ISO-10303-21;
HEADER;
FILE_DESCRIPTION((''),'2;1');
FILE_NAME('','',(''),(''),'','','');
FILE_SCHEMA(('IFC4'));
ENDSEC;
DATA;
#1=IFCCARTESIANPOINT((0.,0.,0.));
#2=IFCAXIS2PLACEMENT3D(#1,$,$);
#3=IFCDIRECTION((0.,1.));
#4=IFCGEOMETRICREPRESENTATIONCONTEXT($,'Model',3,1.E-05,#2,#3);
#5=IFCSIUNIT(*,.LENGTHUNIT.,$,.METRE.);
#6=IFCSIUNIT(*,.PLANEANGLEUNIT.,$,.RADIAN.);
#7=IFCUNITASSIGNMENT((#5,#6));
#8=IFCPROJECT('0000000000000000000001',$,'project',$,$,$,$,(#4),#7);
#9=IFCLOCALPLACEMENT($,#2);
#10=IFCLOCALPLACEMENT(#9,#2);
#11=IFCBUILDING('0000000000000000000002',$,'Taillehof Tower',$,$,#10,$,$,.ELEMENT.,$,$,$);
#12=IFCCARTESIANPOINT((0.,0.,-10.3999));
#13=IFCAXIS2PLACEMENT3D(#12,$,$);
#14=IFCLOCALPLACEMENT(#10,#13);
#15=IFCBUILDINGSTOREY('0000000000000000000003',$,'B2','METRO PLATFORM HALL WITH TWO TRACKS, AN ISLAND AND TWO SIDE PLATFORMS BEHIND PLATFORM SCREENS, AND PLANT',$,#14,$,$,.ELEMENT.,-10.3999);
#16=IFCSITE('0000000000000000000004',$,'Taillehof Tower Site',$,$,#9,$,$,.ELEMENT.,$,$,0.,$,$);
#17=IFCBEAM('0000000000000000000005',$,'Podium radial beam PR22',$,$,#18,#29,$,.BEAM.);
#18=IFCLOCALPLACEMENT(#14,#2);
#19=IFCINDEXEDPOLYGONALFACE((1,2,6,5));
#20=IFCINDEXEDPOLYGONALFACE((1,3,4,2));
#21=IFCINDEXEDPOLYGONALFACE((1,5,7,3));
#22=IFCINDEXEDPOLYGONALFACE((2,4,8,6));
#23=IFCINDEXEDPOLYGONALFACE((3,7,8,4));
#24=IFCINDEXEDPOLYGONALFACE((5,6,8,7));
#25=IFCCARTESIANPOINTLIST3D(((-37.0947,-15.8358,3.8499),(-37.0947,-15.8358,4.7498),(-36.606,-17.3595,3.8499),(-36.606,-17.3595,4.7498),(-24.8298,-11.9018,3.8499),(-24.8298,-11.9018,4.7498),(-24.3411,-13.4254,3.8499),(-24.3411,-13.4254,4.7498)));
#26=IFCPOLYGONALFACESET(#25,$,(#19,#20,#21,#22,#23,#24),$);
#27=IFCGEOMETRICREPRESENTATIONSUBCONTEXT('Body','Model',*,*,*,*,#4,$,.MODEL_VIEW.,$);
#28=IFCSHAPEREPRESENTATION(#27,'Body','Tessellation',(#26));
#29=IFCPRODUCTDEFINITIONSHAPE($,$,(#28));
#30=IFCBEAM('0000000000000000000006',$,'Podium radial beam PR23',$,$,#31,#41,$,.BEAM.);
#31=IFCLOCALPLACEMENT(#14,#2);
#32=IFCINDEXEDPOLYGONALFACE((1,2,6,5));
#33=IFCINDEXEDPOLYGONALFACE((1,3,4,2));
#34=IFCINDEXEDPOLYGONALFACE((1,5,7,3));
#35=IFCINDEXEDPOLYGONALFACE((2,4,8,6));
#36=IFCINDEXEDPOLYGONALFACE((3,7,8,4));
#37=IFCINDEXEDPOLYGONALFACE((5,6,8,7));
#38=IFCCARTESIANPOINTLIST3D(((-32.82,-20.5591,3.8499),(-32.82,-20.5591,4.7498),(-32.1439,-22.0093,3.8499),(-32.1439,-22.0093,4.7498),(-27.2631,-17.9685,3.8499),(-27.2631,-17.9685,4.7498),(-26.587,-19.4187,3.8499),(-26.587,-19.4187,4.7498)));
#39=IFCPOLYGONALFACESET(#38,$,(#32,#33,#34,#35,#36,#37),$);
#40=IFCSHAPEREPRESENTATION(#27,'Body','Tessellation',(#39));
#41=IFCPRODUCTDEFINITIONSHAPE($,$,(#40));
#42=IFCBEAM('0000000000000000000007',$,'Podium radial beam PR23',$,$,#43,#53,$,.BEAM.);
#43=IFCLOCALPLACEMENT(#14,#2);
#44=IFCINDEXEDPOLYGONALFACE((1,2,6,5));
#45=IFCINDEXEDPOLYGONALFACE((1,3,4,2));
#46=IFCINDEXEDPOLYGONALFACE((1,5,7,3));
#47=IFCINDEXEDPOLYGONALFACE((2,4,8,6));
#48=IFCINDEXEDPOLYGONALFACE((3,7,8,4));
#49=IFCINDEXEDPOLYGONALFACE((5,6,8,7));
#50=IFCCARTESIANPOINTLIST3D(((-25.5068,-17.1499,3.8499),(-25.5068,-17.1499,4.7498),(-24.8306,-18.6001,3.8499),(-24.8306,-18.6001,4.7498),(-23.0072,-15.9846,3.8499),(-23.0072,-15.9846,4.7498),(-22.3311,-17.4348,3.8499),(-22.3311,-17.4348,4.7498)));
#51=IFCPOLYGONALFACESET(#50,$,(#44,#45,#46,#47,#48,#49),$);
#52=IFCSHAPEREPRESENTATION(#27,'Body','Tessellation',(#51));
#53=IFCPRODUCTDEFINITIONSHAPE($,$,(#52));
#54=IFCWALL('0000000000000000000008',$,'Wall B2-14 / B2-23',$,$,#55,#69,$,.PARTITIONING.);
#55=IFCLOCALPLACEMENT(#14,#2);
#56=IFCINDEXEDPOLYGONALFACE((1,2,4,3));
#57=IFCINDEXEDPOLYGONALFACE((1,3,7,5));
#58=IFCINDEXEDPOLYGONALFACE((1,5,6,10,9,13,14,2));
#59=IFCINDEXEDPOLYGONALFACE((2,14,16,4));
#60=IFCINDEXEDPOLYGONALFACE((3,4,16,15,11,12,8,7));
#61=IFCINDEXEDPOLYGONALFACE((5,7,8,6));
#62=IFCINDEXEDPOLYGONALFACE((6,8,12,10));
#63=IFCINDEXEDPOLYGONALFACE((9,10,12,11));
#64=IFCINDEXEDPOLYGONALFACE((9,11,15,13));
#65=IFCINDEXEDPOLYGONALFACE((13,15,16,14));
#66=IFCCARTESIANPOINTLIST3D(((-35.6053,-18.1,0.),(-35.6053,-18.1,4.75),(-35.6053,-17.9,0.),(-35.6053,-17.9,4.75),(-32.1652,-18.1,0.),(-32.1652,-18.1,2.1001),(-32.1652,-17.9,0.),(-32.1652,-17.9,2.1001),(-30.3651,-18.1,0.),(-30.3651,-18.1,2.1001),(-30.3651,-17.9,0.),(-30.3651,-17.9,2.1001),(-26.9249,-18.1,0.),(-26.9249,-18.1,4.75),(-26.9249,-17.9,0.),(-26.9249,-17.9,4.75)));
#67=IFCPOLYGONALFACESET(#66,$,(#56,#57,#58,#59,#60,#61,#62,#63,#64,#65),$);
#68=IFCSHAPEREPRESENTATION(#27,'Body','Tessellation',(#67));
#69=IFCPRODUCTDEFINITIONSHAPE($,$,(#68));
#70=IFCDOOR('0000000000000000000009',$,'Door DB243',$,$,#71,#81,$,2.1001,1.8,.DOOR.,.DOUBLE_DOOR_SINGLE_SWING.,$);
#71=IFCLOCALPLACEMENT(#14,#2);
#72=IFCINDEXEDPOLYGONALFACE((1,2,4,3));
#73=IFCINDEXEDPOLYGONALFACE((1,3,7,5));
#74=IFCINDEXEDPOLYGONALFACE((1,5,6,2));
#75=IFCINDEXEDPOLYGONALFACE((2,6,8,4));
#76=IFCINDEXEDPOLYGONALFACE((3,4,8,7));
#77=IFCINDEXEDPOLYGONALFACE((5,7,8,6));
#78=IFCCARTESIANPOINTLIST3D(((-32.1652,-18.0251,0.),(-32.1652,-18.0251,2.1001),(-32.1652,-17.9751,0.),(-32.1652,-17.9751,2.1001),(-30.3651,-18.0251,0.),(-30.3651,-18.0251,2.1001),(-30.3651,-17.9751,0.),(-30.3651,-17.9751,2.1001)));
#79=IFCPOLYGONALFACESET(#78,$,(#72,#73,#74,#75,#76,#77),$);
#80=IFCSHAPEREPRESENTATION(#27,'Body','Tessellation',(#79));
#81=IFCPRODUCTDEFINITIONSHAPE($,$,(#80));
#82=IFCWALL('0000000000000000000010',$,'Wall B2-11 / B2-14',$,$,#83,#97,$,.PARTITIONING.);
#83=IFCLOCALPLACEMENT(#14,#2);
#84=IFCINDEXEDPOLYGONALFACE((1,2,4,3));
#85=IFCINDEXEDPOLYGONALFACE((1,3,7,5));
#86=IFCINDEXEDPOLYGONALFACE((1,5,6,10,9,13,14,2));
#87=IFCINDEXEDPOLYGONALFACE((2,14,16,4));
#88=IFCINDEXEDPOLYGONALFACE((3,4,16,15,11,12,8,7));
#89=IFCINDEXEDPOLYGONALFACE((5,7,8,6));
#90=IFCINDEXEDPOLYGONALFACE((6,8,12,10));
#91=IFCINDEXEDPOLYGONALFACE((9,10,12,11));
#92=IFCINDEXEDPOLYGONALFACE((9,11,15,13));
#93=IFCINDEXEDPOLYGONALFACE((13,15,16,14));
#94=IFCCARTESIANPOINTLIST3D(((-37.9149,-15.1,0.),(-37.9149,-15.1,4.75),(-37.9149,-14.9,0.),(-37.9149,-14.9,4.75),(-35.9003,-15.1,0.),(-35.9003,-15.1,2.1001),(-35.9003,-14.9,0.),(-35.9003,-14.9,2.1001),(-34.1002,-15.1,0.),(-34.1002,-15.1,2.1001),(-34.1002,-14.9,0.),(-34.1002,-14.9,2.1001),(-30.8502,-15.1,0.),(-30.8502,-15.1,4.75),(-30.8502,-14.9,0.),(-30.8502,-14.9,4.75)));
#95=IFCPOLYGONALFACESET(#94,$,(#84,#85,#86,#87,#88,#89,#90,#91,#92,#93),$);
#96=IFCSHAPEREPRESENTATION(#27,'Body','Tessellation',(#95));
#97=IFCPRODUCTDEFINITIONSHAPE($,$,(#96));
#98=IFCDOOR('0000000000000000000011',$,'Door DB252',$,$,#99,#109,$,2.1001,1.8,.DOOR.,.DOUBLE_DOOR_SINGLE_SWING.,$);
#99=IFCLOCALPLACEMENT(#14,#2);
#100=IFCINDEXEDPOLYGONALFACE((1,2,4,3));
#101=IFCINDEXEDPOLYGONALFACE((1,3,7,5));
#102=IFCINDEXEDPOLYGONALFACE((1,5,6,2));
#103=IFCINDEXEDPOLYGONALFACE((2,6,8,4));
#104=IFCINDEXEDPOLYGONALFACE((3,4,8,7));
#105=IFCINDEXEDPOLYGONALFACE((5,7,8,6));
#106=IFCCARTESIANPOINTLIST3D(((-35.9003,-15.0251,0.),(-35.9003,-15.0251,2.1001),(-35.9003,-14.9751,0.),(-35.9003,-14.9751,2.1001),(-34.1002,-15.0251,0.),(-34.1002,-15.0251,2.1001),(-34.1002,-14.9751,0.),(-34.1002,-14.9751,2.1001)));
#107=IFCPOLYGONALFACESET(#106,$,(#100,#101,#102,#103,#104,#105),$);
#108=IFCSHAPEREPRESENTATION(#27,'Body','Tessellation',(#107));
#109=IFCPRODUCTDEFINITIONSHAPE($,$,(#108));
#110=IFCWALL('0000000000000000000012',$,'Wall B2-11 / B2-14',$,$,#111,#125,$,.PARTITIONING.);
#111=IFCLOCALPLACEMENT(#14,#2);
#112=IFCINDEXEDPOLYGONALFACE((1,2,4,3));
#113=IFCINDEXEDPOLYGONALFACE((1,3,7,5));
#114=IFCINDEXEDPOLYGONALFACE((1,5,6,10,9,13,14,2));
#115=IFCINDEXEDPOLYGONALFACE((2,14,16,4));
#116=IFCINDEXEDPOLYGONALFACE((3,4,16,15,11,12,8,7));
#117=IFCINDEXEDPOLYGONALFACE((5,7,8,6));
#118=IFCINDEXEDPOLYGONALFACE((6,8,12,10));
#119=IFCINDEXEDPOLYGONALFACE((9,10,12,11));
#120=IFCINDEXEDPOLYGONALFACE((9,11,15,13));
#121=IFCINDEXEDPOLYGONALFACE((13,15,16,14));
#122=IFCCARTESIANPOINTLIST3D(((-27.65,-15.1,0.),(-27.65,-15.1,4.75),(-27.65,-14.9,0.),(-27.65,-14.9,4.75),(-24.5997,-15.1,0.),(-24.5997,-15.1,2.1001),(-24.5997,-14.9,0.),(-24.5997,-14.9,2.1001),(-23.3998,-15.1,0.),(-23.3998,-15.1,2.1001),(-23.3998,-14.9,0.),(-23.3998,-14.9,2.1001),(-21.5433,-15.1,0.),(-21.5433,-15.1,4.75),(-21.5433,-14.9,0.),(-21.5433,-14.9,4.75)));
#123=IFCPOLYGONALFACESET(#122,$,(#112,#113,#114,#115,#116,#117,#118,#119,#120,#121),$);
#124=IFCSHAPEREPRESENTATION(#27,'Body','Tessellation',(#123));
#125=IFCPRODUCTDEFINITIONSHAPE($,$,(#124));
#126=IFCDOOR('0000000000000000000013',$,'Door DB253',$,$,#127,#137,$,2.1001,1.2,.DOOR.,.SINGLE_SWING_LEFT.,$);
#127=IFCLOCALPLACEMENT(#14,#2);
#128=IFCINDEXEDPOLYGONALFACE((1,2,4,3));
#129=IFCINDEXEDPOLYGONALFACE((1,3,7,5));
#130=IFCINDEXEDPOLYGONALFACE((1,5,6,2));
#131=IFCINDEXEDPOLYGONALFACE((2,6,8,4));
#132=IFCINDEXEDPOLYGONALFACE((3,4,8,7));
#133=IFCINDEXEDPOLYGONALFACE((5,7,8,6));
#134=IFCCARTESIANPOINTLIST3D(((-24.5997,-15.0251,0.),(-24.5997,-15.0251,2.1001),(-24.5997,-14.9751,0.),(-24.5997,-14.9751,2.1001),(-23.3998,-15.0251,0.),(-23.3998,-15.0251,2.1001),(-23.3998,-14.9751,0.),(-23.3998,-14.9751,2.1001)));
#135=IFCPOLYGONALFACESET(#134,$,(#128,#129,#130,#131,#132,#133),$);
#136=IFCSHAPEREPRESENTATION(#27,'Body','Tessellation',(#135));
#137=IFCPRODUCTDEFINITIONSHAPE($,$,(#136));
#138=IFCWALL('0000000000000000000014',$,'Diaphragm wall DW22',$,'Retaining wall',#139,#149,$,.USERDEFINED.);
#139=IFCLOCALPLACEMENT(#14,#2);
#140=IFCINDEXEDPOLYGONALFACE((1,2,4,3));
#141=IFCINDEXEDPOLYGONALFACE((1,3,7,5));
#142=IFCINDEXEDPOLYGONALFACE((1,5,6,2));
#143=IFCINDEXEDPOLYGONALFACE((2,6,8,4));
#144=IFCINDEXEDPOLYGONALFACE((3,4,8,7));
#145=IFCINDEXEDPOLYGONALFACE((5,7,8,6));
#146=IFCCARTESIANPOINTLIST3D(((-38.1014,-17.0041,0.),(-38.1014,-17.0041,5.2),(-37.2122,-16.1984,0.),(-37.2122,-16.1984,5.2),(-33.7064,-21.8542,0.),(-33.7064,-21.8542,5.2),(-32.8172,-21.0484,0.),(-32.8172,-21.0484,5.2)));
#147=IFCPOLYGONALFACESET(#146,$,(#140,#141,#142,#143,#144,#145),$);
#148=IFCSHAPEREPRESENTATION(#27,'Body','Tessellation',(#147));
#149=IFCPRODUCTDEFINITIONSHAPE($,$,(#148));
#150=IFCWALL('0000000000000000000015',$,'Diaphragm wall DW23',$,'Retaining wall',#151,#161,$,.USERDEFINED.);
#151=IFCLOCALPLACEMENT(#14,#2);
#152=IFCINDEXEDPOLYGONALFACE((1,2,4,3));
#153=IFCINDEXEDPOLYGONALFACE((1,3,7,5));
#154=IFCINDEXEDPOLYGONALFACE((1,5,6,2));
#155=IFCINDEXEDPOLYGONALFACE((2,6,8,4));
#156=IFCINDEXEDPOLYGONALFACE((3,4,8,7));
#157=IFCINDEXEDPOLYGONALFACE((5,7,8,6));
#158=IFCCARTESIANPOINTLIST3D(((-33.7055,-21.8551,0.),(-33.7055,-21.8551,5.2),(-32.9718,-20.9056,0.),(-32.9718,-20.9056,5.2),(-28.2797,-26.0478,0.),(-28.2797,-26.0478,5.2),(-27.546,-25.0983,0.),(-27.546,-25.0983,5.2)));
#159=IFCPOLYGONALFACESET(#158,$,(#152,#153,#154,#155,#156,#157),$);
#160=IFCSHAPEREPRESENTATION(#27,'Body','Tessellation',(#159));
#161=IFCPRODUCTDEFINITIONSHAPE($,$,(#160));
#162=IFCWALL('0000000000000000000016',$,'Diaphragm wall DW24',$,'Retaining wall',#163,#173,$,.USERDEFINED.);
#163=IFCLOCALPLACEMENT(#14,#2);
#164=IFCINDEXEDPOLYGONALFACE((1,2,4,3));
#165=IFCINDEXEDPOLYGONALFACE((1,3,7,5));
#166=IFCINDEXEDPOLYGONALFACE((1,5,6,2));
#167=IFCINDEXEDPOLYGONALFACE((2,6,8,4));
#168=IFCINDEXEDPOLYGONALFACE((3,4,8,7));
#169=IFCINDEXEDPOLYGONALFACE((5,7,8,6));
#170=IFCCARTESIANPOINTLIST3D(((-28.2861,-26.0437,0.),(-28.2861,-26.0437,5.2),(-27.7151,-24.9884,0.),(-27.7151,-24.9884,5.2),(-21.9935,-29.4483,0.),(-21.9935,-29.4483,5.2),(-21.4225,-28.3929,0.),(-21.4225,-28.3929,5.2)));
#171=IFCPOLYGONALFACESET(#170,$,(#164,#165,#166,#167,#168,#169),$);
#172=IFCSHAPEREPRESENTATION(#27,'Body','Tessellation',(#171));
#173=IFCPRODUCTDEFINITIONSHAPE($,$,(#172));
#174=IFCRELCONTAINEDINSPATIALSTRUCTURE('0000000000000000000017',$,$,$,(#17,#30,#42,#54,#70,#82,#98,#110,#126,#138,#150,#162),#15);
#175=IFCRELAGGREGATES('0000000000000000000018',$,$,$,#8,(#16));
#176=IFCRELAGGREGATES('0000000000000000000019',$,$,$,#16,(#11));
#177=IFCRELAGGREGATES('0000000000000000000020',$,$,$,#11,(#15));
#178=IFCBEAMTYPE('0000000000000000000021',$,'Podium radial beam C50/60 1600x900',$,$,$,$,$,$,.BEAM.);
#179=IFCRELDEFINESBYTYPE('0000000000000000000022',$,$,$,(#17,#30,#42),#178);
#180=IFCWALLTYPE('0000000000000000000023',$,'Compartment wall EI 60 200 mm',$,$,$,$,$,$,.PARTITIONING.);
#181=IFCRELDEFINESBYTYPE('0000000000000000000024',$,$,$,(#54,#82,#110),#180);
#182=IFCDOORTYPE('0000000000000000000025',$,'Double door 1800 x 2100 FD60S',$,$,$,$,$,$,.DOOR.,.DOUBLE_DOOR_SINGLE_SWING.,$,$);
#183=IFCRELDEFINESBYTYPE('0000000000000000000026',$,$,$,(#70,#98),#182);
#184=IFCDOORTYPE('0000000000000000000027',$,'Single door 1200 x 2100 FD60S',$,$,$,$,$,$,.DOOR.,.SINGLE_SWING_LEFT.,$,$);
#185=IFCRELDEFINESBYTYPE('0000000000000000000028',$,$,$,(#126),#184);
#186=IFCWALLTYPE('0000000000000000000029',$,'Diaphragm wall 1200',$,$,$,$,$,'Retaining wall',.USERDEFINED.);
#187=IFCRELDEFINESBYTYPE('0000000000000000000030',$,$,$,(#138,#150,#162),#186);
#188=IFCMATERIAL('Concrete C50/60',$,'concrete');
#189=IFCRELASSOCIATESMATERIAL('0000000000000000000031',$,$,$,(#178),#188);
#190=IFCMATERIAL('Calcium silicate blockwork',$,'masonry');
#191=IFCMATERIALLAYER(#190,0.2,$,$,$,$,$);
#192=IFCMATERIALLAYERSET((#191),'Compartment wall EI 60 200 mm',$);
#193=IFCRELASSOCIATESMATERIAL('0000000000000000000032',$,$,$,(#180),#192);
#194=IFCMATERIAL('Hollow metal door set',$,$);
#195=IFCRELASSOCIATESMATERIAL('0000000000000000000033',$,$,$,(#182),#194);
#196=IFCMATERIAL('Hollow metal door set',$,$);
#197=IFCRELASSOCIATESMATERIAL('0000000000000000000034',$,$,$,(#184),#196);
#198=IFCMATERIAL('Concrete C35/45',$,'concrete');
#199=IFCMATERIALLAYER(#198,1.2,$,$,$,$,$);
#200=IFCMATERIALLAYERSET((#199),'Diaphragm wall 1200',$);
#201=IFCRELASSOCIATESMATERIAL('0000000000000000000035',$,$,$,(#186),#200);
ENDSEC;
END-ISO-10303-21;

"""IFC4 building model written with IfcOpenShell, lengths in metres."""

from ifc_helpers import new_model, si_unit, direction, frame, frame_2d, origin, origin_2d, place, context, subcontext, project, spatial, rectangle, extrude, material, layer, layer_set, material_profile, profile_set, type_object, element, fill, save


model = new_model("IFC4")

# Units and contexts
model_context = context("Model", 3, precision=1e-05, world=origin(), true_north=direction((0.0, 1.0)))
body_context = subcontext(model_context, "Body", "Model", "MODEL_VIEW")
ifc_project = project(units=[si_unit("LENGTHUNIT", "METRE"), si_unit("PLANEANGLEUNIT", "RADIAN")], contexts=[model_context])

# Site, building, storey
site_placement = place(None, origin())
site = spatial("IfcSite", under=ifc_project, at=site_placement, Name="Taillehof Tower Site", CompositionType="ELEMENT", RefElevation=0.0)
building_placement = place(site_placement, origin())
building = spatial("IfcBuilding", under=site, at=building_placement, Name="Taillehof Tower", CompositionType="ELEMENT")
storey_placement = place(building_placement, frame((0.0, 0.0, -10.3999)))
storey = spatial("IfcBuildingStorey", under=building, at=storey_placement, Name="B2", Description="METRO PLATFORM HALL WITH TWO TRACKS, AN ISLAND AND TWO SIDE PLATFORMS BEHIND PLATFORM SCREENS, AND PLANT", CompositionType="ELEMENT", Elevation=-10.3999)

# Beams
ifc_material_1 = material(Name="Concrete C50/60", Category="concrete")
ifc_material_profile_1 = material_profile(ifc_material_1, rectangle(XDim=1.6001, YDim=0.8999, at=origin_2d()), Name="RC 1600x900")
ifc_profile_set_1 = profile_set([ifc_material_profile_1], Name="Concrete C50/60")
beam_type = type_object("IfcBeamType", Name="Podium radial beam C50/60 1600x900", PredefinedType="BEAM", material=ifc_profile_set_1)
beam_1_placement = place(storey_placement, frame((-36.8503, -16.5977, 4.2998), z_axis=(0.952214, 0.305432, 0.0), x_axis=(-0.305432, 0.952214, 0.0)))
element("IfcBeam", 1, at=beam_1_placement, inside=storey, type_object=beam_type, Name="Podium radial beam PR22", PredefinedType="BEAM", context=body_context, shape_type="SweptSolid", body=[
    extrude(rectangle(XDim=1.6001, YDim=0.8999, at=origin_2d()), origin(), (0.0, 0.0, 1.0), 12.8804),
])
beam_2_placement = place(storey_placement, frame((-32.4819, -21.2842, 4.2998), z_axis=(0.906348, 0.422532, 0.0), x_axis=(-0.422532, 0.906348, 0.0)))
element("IfcBeam", 2, at=beam_2_placement, inside=storey, type_object=beam_type, Name="Podium radial beam PR23", PredefinedType="BEAM", context=body_context, shape_type="SweptSolid", body=[
    extrude(rectangle(XDim=1.6001, YDim=0.8999, at=origin_2d()), origin(), (0.0, 0.0, 1.0), 6.1311),
])
beam_3_placement = place(storey_placement, frame((-25.1687, -17.875, 4.2998), z_axis=(0.906344, 0.422541, 0.0), x_axis=(-0.422541, 0.906344, 0.0)))
element("IfcBeam", 3, at=beam_3_placement, inside=storey, type_object=beam_type, Name="Podium radial beam PR23", PredefinedType="BEAM", context=body_context, shape_type="SweptSolid", body=[
    extrude(rectangle(XDim=1.6001, YDim=0.8999, at=origin_2d()), origin(), (0.0, 0.0, 1.0), 2.7578),
])

# Walls, openings, doors
ifc_material_2 = material(Name="Calcium silicate blockwork", Category="masonry")
ifc_layer_1 = layer(ifc_material_2, 0.2)
ifc_layer_set_1 = layer_set([ifc_layer_1], Name="Compartment wall EI 60 200 mm")
wall_type_1 = type_object("IfcWallType", Name="Compartment wall EI 60 200 mm", PredefinedType="PARTITIONING", material=ifc_layer_set_1)
wall_1_placement = place(storey_placement, frame((-35.6055, -18.0, 0.0), z_axis=(0.0, 0.0, 1.0), x_axis=(1.0, 0.0, 0.0)))
wall_1 = element("IfcWall", 4, at=wall_1_placement, inside=storey, type_object=wall_type_1, Name="Wall B2-14 / B2-23", PredefinedType="PARTITIONING", context=body_context, shape_type="SweptSolid", body=[
    extrude(rectangle(XDim=8.6804, YDim=0.2, at=frame_2d((4.3403, 0.0))), origin(), (0.0, 0.0, 1.0), 4.75),
])
opening_1_placement = place(wall_1_placement, frame((3.4404, 0.0, 0.0)))
opening_1 = element("IfcOpeningElement", 5, at=opening_1_placement, cuts=wall_1, PredefinedType="OPENING", context=body_context, shape_type="SweptSolid", body=[
    extrude(rectangle(XDim=1.8, YDim=2.1001, at=frame_2d((0.8999, 1.05))), frame((0.0, 0.1099, 0.0), z_axis=(0.0, -1.0, 0.0), x_axis=(1.0, 0.0, 0.0)), (0.0, 0.0, 1.0), 0.22),
])
ifc_material_3 = material(Name="Hollow metal door set")
door_type_1 = type_object("IfcDoorType", Name="Double door 1800 x 2100 FD60S", OperationType="DOUBLE_DOOR_SINGLE_SWING", PredefinedType="DOOR", material=ifc_material_3)
door_1_placement = place(opening_1_placement, origin())
door_1 = element("IfcDoor", 6, at=door_1_placement, inside=storey, type_object=door_type_1, Name="Door DB243", OperationType="DOUBLE_DOOR_SINGLE_SWING", OverallHeight=2.1001, OverallWidth=1.8, PredefinedType="DOOR", context=body_context, shape_type="SweptSolid", body=[
    extrude(rectangle(XDim=1.8, YDim=2.1001, at=frame_2d((0.8999, 1.05))), frame((0.0, 0.0249, 0.0), z_axis=(0.0, -1.0, 0.0), x_axis=(1.0, 0.0, 0.0)), (0.0, 0.0, 1.0), 0.05),
])
fill(opening_1, door_1)
wall_2_placement = place(storey_placement, frame((-37.9148, -15.0, 0.0), z_axis=(0.0, 0.0, 1.0), x_axis=(1.0, 0.0, 0.0)))
wall_2 = element("IfcWall", 7, at=wall_2_placement, inside=storey, type_object=wall_type_1, Name="Wall B2-11 / B2-14", PredefinedType="PARTITIONING", context=body_context, shape_type="SweptSolid", body=[
    extrude(rectangle(XDim=7.0647, YDim=0.2, at=frame_2d((3.5322, 0.0))), origin(), (0.0, 0.0, 1.0), 4.75),
])
opening_2_placement = place(wall_2_placement, frame((2.0146, 0.0, 0.0)))
opening_2 = element("IfcOpeningElement", 8, at=opening_2_placement, cuts=wall_2, PredefinedType="OPENING", context=body_context, shape_type="SweptSolid", body=[
    extrude(rectangle(XDim=1.8, YDim=2.1001, at=frame_2d((0.8999, 1.05))), frame((0.0, 0.1099, 0.0), z_axis=(0.0, -1.0, 0.0), x_axis=(1.0, 0.0, 0.0)), (0.0, 0.0, 1.0), 0.22),
])
door_2_placement = place(opening_2_placement, origin())
door_2 = element("IfcDoor", 9, at=door_2_placement, inside=storey, type_object=door_type_1, Name="Door DB252", OperationType="DOUBLE_DOOR_SINGLE_SWING", OverallHeight=2.1001, OverallWidth=1.8, PredefinedType="DOOR", context=body_context, shape_type="SweptSolid", body=[
    extrude(rectangle(XDim=1.8, YDim=2.1001, at=frame_2d((0.8999, 1.05))), frame((0.0, 0.0249, 0.0), z_axis=(0.0, -1.0, 0.0), x_axis=(1.0, 0.0, 0.0)), (0.0, 0.0, 1.0), 0.05),
])
fill(opening_2, door_2)
wall_3_placement = place(storey_placement, frame((-27.6499, -15.0, 0.0), z_axis=(0.0, 0.0, 1.0), x_axis=(1.0, 0.0, 0.0)))
wall_3 = element("IfcWall", 10, at=wall_3_placement, inside=storey, type_object=wall_type_1, Name="Wall B2-11 / B2-14", PredefinedType="PARTITIONING", context=body_context, shape_type="SweptSolid", body=[
    extrude(rectangle(XDim=6.1067, YDim=0.2, at=frame_2d((3.0532, 0.0))), origin(), (0.0, 0.0, 1.0), 4.75),
])
opening_3_placement = place(wall_3_placement, frame((3.05, 0.0, 0.0)))
opening_3 = element("IfcOpeningElement", 11, at=opening_3_placement, cuts=wall_3, PredefinedType="OPENING", context=body_context, shape_type="SweptSolid", body=[
    extrude(rectangle(XDim=1.2, YDim=2.1001, at=frame_2d((0.6001, 1.05))), frame((0.0, 0.1099, 0.0), z_axis=(0.0, -1.0, 0.0), x_axis=(1.0, 0.0, 0.0)), (0.0, 0.0, 1.0), 0.22),
])
ifc_material_4 = material(Name="Hollow metal door set")
door_type_2 = type_object("IfcDoorType", Name="Single door 1200 x 2100 FD60S", OperationType="SINGLE_SWING_LEFT", PredefinedType="DOOR", material=ifc_material_4)
door_3_placement = place(opening_3_placement, origin())
door_3 = element("IfcDoor", 12, at=door_3_placement, inside=storey, type_object=door_type_2, Name="Door DB253", OperationType="SINGLE_SWING_LEFT", OverallHeight=2.1001, OverallWidth=1.2, PredefinedType="DOOR", context=body_context, shape_type="SweptSolid", body=[
    extrude(rectangle(XDim=1.2, YDim=2.1001, at=frame_2d((0.6001, 1.05))), frame((0.0, 0.0249, 0.0), z_axis=(0.0, -1.0, 0.0), x_axis=(1.0, 0.0, 0.0)), (0.0, 0.0, 1.0), 0.05),
])
fill(opening_3, door_3)

# Walls
ifc_material_5 = material(Name="Concrete C35/45", Category="concrete")
ifc_layer_2 = layer(ifc_material_5, 1.2)
ifc_layer_set_2 = layer_set([ifc_layer_2], Name="Diaphragm wall 1200")
wall_type_2 = type_object("IfcWallType", Name="Diaphragm wall 1200", ElementType="Retaining wall", PredefinedType="USERDEFINED", material=ifc_layer_set_2)
wall_4_placement = place(storey_placement, frame((-37.6567, -16.6013, 0.0), z_axis=(0.0, 0.0, 1.0), x_axis=(0.671487, -0.741016, 0.0)))
element("IfcWall", 13, at=wall_4_placement, inside=storey, type_object=wall_type_2, Name="Diaphragm wall DW22", ObjectType="Retaining wall", PredefinedType="USERDEFINED", context=body_context, shape_type="SweptSolid", body=[
    extrude(rectangle(XDim=6.5452, YDim=1.2, at=frame_2d((3.2725, 0.0))), origin(), (0.0, 0.0, 1.0), 5.2),
])
wall_5_placement = place(storey_placement, frame((-33.3386, -21.3804, 0.0), z_axis=(0.0, 0.0, 1.0), x_axis=(0.791287, -0.611445, 0.0)))
element("IfcWall", 14, at=wall_5_placement, inside=storey, type_object=wall_type_2, Name="Diaphragm wall DW23", ObjectType="Retaining wall", PredefinedType="USERDEFINED", context=body_context, shape_type="SweptSolid", body=[
    extrude(rectangle(XDim=6.8569, YDim=1.2, at=frame_2d((3.4285, 0.0))), origin(), (0.0, 0.0, 1.0), 5.2),
])
wall_6_placement = place(storey_placement, frame((-28.0005, -25.5161, 0.0), z_axis=(0.0, 0.0, 1.0), x_axis=(0.879519, -0.475863, 0.0)))
element("IfcWall", 15, at=wall_6_placement, inside=storey, type_object=wall_type_2, Name="Diaphragm wall DW24", ObjectType="Retaining wall", PredefinedType="USERDEFINED", context=body_context, shape_type="SweptSolid", body=[
    extrude(rectangle(XDim=7.1545, YDim=1.2, at=frame_2d((3.5771, 0.0))), origin(), (0.0, 0.0, 1.0), 5.2),
])

save(model, "model.ifc")
